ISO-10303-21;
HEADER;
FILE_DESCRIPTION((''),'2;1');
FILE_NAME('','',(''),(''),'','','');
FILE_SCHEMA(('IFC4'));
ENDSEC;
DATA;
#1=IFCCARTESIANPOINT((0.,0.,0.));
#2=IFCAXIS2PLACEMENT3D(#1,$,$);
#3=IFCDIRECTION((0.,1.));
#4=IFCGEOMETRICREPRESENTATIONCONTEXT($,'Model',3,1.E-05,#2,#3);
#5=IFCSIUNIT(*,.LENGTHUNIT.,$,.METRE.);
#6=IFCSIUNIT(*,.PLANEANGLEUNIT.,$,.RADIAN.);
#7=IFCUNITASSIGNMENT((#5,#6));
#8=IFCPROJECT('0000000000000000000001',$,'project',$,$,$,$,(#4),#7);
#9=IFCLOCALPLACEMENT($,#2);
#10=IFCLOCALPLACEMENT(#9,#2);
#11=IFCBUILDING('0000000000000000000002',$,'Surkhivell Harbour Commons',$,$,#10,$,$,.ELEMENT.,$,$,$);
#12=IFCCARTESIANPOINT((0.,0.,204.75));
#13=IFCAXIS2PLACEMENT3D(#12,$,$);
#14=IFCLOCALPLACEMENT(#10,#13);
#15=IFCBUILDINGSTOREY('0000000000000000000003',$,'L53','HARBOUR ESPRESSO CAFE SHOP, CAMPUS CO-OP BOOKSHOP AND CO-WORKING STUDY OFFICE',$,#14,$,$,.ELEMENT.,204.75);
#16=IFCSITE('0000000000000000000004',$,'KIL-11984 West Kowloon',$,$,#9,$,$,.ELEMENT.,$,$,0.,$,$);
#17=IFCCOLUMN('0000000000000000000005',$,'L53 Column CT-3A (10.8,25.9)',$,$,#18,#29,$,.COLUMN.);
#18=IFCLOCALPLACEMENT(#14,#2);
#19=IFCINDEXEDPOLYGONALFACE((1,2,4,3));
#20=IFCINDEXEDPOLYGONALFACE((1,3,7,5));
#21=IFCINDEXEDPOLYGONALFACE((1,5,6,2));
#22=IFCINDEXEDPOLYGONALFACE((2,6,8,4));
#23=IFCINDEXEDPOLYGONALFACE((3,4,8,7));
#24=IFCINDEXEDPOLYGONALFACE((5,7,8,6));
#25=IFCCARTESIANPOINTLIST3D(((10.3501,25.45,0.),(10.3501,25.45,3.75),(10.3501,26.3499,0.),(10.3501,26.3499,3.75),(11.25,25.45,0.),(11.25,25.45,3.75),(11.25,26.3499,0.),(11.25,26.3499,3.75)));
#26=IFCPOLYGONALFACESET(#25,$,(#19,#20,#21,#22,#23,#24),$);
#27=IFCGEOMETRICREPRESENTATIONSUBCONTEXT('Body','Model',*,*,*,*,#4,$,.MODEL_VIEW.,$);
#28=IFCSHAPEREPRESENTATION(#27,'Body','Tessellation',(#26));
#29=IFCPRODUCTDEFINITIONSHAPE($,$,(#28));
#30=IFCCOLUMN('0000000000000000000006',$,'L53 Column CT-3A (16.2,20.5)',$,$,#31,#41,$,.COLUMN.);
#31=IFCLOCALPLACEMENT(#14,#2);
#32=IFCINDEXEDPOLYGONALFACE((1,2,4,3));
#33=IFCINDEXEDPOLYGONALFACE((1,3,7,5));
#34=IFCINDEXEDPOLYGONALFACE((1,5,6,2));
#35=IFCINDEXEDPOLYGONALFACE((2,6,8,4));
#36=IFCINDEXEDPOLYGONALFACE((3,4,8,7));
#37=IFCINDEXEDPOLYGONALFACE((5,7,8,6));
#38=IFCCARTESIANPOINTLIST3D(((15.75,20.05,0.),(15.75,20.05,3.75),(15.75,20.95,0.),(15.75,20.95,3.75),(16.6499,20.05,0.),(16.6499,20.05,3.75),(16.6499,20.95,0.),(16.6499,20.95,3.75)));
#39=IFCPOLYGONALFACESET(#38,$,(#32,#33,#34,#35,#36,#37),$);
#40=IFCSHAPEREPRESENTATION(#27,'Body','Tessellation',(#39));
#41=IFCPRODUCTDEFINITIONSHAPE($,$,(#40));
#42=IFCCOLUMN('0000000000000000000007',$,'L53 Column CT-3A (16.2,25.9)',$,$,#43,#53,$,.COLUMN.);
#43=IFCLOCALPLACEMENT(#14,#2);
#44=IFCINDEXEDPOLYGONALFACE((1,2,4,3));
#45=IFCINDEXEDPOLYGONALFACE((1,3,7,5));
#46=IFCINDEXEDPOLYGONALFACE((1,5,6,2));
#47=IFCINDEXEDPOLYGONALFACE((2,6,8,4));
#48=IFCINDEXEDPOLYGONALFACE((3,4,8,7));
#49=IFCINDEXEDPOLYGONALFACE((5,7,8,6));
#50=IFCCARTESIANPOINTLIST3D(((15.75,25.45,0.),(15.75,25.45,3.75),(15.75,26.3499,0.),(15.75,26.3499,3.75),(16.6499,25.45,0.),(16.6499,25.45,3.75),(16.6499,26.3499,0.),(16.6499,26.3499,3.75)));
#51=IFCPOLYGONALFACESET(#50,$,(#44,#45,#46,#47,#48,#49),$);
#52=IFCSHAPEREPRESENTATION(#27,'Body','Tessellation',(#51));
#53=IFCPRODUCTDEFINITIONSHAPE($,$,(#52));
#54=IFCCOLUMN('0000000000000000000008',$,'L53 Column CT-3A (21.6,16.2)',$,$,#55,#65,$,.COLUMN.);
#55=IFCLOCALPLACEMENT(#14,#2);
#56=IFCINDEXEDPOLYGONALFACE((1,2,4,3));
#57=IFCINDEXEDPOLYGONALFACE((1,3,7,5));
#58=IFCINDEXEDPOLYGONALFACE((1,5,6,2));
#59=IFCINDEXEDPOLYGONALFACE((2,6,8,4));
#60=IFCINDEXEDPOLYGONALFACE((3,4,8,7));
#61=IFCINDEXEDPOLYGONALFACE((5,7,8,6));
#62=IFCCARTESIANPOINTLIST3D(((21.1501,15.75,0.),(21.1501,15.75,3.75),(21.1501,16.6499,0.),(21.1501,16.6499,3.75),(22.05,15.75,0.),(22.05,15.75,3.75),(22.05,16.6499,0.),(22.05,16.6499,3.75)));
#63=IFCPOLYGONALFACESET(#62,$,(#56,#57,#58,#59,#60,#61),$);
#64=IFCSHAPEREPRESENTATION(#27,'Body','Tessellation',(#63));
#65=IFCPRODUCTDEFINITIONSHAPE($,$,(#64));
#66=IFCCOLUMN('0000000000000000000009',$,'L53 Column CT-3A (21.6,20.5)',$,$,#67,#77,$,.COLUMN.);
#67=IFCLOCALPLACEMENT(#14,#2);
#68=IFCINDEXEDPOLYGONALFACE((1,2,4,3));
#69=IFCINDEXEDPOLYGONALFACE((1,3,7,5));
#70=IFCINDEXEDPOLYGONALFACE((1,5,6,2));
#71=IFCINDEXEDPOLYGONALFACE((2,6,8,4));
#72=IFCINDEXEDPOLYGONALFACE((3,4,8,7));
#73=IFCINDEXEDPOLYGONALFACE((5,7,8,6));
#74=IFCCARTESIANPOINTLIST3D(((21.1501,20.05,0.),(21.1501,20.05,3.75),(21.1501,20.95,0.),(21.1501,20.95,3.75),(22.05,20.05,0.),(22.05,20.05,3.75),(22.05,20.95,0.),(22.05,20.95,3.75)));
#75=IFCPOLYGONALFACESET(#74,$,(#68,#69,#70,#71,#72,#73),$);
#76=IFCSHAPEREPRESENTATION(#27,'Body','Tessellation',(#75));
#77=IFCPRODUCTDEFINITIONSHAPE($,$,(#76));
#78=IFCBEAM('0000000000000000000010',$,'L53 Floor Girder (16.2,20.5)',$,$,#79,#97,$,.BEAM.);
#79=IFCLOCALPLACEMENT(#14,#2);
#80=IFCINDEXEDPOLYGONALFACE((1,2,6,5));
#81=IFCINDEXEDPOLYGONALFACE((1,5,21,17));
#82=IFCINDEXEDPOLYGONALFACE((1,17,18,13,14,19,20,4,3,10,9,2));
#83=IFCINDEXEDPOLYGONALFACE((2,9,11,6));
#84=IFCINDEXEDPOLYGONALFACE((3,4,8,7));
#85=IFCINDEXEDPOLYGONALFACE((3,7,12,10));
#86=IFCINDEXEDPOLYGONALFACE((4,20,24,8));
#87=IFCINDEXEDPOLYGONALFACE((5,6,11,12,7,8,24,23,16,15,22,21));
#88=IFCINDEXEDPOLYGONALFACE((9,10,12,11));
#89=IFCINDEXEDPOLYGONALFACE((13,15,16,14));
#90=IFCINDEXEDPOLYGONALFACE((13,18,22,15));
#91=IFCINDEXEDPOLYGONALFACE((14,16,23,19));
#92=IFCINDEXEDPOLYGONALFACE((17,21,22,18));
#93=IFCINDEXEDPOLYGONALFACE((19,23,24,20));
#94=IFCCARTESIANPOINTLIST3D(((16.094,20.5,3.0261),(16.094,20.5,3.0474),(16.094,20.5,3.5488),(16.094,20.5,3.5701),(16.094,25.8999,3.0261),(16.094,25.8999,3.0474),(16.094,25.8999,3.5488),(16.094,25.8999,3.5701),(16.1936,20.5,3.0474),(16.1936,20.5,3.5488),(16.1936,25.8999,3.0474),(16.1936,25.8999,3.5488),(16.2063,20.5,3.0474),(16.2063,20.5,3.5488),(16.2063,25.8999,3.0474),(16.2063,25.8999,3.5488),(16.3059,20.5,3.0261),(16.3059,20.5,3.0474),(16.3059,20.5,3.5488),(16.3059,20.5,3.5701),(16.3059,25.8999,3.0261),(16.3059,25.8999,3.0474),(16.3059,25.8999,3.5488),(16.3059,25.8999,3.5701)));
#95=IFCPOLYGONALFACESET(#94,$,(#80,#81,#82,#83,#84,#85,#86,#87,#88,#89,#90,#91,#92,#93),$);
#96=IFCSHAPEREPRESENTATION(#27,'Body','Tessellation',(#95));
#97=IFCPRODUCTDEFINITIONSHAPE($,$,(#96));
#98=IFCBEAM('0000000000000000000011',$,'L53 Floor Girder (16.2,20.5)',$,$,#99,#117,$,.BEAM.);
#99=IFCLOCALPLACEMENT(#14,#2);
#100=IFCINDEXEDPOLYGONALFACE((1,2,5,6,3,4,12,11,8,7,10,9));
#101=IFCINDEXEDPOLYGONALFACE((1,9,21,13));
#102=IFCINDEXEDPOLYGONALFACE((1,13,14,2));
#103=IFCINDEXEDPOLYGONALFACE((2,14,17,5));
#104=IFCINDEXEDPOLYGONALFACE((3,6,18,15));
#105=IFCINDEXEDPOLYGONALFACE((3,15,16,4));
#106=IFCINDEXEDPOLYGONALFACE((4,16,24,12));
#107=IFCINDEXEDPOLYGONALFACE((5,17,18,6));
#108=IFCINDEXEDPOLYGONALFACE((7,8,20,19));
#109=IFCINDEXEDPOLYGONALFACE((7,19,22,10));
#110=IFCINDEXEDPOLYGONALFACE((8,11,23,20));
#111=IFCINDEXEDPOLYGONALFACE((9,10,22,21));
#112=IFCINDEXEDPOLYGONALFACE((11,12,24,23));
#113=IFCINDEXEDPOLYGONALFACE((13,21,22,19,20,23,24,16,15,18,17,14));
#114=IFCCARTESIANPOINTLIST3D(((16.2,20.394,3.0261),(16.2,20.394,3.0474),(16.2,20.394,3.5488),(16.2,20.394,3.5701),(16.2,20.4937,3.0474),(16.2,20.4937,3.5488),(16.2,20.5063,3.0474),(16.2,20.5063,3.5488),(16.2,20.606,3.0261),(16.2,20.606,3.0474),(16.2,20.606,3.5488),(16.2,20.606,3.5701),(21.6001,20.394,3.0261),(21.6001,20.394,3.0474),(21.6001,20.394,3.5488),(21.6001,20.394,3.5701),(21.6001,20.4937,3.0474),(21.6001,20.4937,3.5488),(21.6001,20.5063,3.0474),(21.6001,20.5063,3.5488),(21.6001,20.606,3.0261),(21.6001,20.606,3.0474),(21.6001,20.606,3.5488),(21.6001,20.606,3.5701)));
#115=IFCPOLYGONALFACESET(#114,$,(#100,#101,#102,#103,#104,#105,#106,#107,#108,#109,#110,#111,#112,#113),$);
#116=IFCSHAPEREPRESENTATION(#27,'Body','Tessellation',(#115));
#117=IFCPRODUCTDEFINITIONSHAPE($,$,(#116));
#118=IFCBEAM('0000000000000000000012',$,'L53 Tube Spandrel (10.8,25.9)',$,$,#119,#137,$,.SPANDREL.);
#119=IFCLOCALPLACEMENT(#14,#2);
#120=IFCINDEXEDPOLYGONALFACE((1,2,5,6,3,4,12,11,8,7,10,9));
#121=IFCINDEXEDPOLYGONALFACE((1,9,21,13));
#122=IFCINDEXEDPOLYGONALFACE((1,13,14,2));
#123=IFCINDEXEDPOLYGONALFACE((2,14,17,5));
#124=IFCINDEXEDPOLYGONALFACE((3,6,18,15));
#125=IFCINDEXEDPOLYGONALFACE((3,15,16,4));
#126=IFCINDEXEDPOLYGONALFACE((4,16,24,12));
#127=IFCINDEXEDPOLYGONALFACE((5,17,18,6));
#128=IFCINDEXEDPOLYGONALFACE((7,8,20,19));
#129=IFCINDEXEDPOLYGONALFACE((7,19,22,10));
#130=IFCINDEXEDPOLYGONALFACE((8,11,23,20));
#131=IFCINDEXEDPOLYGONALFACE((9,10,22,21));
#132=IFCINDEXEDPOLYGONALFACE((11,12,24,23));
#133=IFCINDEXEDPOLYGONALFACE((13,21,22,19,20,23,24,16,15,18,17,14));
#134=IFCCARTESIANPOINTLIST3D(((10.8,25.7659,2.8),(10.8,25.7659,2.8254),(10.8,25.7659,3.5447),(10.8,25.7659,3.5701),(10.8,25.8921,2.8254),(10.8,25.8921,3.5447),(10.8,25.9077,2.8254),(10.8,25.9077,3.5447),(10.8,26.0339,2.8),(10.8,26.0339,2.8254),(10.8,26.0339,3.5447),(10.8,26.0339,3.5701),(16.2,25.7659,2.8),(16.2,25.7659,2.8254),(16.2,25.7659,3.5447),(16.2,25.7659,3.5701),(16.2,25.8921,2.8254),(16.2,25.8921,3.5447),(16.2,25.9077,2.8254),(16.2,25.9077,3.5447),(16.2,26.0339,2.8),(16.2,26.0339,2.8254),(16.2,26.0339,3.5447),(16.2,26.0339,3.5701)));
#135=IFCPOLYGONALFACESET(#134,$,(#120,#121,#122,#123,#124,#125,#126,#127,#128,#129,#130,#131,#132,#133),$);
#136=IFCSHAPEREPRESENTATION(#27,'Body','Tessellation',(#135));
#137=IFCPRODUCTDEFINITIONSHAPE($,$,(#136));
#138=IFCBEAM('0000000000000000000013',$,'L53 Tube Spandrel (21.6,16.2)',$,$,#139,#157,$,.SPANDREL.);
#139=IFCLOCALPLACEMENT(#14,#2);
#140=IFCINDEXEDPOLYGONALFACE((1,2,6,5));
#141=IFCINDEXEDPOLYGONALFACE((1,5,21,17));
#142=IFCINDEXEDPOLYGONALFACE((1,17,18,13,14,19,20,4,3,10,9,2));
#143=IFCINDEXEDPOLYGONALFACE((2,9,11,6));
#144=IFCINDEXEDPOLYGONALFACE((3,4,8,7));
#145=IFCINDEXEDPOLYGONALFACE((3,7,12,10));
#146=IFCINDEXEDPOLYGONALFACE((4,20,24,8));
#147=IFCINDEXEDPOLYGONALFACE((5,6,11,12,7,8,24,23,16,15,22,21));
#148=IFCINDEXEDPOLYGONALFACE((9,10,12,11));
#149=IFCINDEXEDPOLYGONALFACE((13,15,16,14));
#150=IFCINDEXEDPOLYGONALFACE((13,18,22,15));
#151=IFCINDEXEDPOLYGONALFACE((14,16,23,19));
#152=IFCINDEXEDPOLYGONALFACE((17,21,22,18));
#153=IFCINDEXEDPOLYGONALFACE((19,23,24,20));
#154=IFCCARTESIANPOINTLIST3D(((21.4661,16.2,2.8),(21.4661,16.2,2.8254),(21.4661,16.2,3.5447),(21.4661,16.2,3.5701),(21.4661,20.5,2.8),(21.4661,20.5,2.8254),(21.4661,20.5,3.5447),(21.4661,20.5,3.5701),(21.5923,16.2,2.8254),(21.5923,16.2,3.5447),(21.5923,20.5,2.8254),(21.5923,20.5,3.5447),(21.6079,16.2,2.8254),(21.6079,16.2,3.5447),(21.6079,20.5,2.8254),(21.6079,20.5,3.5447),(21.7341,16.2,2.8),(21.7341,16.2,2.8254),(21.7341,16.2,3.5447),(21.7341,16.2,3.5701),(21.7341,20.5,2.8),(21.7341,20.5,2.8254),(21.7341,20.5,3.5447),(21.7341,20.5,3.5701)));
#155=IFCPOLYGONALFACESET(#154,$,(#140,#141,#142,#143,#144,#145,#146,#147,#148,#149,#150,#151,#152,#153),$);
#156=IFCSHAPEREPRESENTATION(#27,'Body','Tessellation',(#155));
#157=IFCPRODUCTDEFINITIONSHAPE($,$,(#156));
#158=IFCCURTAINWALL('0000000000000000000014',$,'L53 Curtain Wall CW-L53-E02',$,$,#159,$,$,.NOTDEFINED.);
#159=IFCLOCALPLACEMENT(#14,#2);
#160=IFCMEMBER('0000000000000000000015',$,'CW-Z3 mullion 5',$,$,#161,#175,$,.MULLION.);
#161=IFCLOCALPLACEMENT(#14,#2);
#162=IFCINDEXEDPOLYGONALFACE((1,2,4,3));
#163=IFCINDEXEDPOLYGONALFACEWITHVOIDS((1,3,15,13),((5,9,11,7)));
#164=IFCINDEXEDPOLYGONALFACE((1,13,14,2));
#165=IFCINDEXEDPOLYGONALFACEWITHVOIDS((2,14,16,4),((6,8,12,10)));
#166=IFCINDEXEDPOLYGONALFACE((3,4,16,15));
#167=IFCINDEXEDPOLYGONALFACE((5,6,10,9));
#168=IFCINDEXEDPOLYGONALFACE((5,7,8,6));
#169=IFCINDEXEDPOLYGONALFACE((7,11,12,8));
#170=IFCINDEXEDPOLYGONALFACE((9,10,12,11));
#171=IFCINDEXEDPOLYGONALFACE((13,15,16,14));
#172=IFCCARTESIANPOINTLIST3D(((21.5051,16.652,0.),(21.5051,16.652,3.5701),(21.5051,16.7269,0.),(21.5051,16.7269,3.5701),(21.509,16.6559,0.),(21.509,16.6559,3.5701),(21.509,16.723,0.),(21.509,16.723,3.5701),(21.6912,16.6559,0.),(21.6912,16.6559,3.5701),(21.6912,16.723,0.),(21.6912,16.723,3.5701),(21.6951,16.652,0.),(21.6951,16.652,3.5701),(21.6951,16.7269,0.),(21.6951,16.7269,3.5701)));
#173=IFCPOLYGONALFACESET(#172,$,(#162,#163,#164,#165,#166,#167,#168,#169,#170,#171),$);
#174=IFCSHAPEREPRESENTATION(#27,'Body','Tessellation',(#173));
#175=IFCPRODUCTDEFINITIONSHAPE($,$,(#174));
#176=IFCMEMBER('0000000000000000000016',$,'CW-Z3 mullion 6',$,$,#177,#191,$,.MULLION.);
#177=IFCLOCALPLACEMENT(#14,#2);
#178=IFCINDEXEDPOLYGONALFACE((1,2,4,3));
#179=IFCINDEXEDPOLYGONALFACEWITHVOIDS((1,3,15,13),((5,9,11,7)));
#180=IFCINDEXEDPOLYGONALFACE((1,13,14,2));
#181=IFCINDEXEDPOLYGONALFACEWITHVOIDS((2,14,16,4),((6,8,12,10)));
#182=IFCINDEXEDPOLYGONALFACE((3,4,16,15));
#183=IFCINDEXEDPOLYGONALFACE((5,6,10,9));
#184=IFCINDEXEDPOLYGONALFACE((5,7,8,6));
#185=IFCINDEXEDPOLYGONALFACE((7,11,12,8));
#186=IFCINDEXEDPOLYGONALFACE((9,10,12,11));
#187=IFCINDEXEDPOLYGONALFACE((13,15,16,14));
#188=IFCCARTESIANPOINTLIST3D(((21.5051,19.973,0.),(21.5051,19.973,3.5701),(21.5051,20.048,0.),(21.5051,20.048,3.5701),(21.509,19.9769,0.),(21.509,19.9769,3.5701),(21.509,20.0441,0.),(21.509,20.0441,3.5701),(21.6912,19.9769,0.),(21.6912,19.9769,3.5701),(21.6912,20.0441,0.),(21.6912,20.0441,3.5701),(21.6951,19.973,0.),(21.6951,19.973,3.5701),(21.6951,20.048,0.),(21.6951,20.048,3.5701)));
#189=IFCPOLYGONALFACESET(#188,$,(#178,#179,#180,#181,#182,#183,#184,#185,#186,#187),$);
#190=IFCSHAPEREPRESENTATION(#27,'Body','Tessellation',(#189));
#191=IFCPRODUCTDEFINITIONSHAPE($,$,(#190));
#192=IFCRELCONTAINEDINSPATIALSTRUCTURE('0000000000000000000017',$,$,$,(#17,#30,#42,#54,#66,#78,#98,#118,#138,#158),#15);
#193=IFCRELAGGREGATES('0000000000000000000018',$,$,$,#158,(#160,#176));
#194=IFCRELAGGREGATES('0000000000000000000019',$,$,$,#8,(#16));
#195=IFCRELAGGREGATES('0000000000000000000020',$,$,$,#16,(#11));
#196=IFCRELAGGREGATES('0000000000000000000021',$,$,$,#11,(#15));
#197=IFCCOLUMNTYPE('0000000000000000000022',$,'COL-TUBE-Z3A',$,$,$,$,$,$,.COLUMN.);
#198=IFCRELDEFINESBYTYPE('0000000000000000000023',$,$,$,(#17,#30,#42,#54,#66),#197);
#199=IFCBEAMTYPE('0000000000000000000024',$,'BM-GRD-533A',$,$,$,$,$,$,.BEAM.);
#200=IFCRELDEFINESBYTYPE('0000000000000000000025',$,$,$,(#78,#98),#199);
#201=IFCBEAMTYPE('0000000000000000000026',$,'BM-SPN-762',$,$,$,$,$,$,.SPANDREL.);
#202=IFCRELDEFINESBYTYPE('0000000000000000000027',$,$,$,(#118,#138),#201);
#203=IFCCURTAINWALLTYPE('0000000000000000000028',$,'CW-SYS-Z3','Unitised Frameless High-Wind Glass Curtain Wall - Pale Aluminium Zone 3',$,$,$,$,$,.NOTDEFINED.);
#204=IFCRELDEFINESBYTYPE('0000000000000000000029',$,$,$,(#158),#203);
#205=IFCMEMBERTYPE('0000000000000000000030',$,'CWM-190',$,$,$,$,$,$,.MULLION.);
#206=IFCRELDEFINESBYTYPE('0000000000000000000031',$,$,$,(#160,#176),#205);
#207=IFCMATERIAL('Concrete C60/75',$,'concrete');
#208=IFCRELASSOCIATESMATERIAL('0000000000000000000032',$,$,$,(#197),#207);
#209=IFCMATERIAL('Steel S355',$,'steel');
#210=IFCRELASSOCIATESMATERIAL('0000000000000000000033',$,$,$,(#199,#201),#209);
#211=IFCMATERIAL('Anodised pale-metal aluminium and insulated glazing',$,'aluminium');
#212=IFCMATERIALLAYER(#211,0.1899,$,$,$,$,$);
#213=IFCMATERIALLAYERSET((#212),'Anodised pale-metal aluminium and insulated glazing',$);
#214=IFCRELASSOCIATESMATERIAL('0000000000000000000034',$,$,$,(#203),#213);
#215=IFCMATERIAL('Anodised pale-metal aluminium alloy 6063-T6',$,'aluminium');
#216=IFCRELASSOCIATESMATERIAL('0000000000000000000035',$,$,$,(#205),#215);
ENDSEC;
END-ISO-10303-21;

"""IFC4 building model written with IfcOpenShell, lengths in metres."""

from ifc_helpers import new_model, si_unit, direction, frame, origin, origin_2d, place, context, subcontext, project, spatial, rectangle, hollow_rectangle, i_section, extrude, material, layer, layer_set, material_profile, profile_set, type_object, element, aggregate, save


model = new_model("IFC4")

# Units and contexts
model_context = context("Model", 3, precision=1e-05, world=origin(), true_north=direction((0.0, 1.0)))
body_context = subcontext(model_context, "Body", "Model", "MODEL_VIEW")
ifc_project = project(units=[si_unit("LENGTHUNIT", "METRE"), si_unit("PLANEANGLEUNIT", "RADIAN")], contexts=[model_context])

# Site, building, storey
site_placement = place(None, origin())
site = spatial("IfcSite", under=ifc_project, at=site_placement, Name="KIL-11984 West Kowloon", CompositionType="ELEMENT", RefElevation=0.0)
building_placement = place(site_placement, origin())
building = spatial("IfcBuilding", under=site, at=building_placement, Name="Surkhivell Harbour Commons", CompositionType="ELEMENT")
storey_placement = place(building_placement, frame((0.0, 0.0, 204.75)))
storey = spatial("IfcBuildingStorey", under=building, at=storey_placement, Name="L53", Description="HARBOUR ESPRESSO CAFE SHOP, CAMPUS CO-OP BOOKSHOP AND CO-WORKING STUDY OFFICE", CompositionType="ELEMENT", Elevation=204.75)

# Columns
ifc_material_1 = material(Name="Concrete C60/75", Category="concrete")
ifc_material_profile_1 = material_profile(ifc_material_1, rectangle(XDim=0.8999, YDim=0.8999, at=origin_2d()), Name="RC-COL-900x900")
ifc_profile_set_1 = profile_set([ifc_material_profile_1], Name="Concrete C60/75")
column_type = type_object("IfcColumnType", Name="COL-TUBE-Z3A", PredefinedType="COLUMN", material=ifc_profile_set_1)
for number, where, z_axis, x_axis, name in (
    (1, (10.8, 25.8999, 0.0), (0.0, 0.0, 1.0), (1.0, 0.0, 0.0), "L53 Column CT-3A (10.8,25.9)"),
    (2, (16.2, 20.5, 0.0), (0.0, 0.0, 1.0), (1.0, 0.0, 0.0), "L53 Column CT-3A (16.2,20.5)"),
    (3, (16.2, 25.8999, 0.0), (0.0, 0.0, 1.0), (1.0, 0.0, 0.0), "L53 Column CT-3A (16.2,25.9)"),
    (4, (21.6001, 16.2, 0.0), (0.0, 0.0, 1.0), (1.0, 0.0, 0.0), "L53 Column CT-3A (21.6,16.2)"),
    (5, (21.6001, 20.5, 0.0), (0.0, 0.0, 1.0), (1.0, 0.0, 0.0), "L53 Column CT-3A (21.6,20.5)"),
):
    element("IfcColumn", number, at=place(storey_placement, frame(where, z_axis=z_axis, x_axis=x_axis)), inside=storey, type_object=column_type, Name=name, PredefinedType="COLUMN", context=body_context, shape_type="SweptSolid", body=[
        extrude(rectangle(XDim=0.8999, YDim=0.8999, at=origin_2d()), origin(), (0.0, 0.0, 1.0), 3.75),
    ])

# Beams
ifc_material_2 = material(Name="Steel S355", Category="steel")
ifc_material_profile_2 = material_profile(ifc_material_2, i_section(OverallWidth=0.2119, OverallDepth=0.5439, WebThickness=0.0127, FlangeThickness=0.0212, at=origin_2d()), Name="UB533x210x122")
ifc_profile_set_2 = profile_set([ifc_material_profile_2], Name="Steel S355")
beam_type_1 = type_object("IfcBeamType", Name="BM-GRD-533A", PredefinedType="BEAM", material=ifc_profile_set_2)
beam_1_placement = place(storey_placement, frame((16.2, 20.5, 3.2981), z_axis=(0.0, 1.0, 0.0), x_axis=(-1.0, 0.0, 0.0)))
element("IfcBeam", 6, at=beam_1_placement, inside=storey, type_object=beam_type_1, Name="L53 Floor Girder (16.2,20.5)", PredefinedType="BEAM", context=body_context, shape_type="SweptSolid", body=[
    extrude(i_section(OverallWidth=0.2119, OverallDepth=0.5439, WebThickness=0.0127, FlangeThickness=0.0212, at=origin_2d()), origin(), (0.0, 0.0, 1.0), 5.3999),
])
beam_2_placement = place(storey_placement, frame((16.2, 20.5, 3.2981), z_axis=(1.0, 0.0, 0.0), x_axis=(0.0, 1.0, 0.0)))
element("IfcBeam", 7, at=beam_2_placement, inside=storey, type_object=beam_type_1, Name="L53 Floor Girder (16.2,20.5)", PredefinedType="BEAM", context=body_context, shape_type="SweptSolid", body=[
    extrude(i_section(OverallWidth=0.2119, OverallDepth=0.5439, WebThickness=0.0127, FlangeThickness=0.0212, at=origin_2d()), origin(), (0.0, 0.0, 1.0), 5.4001),
])
ifc_material_profile_3 = material_profile(ifc_material_2, i_section(OverallWidth=0.2681, OverallDepth=0.77, WebThickness=0.0156, FlangeThickness=0.0254, at=origin_2d()), Name="UB762x267x197")
ifc_profile_set_3 = profile_set([ifc_material_profile_3], Name="Steel S355")
beam_type_2 = type_object("IfcBeamType", Name="BM-SPN-762", PredefinedType="SPANDREL", material=ifc_profile_set_3)
beam_3_placement = place(storey_placement, frame((10.8, 25.8999, 3.1851), z_axis=(1.0, 0.0, 0.0), x_axis=(0.0, 1.0, 0.0)))
element("IfcBeam", 8, at=beam_3_placement, inside=storey, type_object=beam_type_2, Name="L53 Tube Spandrel (10.8,25.9)", PredefinedType="SPANDREL", context=body_context, shape_type="SweptSolid", body=[
    extrude(i_section(OverallWidth=0.2681, OverallDepth=0.77, WebThickness=0.0156, FlangeThickness=0.0254, at=origin_2d()), origin(), (0.0, 0.0, 1.0), 5.3999),
])
beam_4_placement = place(storey_placement, frame((21.6001, 16.2, 3.1851), z_axis=(0.0, 1.0, 0.0), x_axis=(-1.0, 0.0, 0.0)))
element("IfcBeam", 9, at=beam_4_placement, inside=storey, type_object=beam_type_2, Name="L53 Tube Spandrel (21.6,16.2)", PredefinedType="SPANDREL", context=body_context, shape_type="SweptSolid", body=[
    extrude(i_section(OverallWidth=0.2681, OverallDepth=0.77, WebThickness=0.0156, FlangeThickness=0.0254, at=origin_2d()), origin(), (0.0, 0.0, 1.0), 4.3),
])

# Curtain wall, members
ifc_material_3 = material(Name="Anodised pale-metal aluminium and insulated glazing", Category="aluminium")
ifc_layer_1 = layer(ifc_material_3, 0.1899)
ifc_layer_set_1 = layer_set([ifc_layer_1], Name="Anodised pale-metal aluminium and insulated glazing")
curtain_wall_type = type_object("IfcCurtainWallType", Name="CW-SYS-Z3", Description="Unitised Frameless High-Wind Glass Curtain Wall - Pale Aluminium Zone 3", PredefinedType="NOTDEFINED", material=ifc_layer_set_1)
curtain_wall_1_placement = place(storey_placement, origin())
curtain_wall_1 = element("IfcCurtainWall", 10, at=curtain_wall_1_placement, inside=storey, type_object=curtain_wall_type, Name="L53 Curtain Wall CW-L53-E02", PredefinedType="NOTDEFINED")
ifc_material_4 = material(Name="Anodised pale-metal aluminium alloy 6063-T6", Category="aluminium")
ifc_material_profile_4 = material_profile(ifc_material_4, hollow_rectangle(XDim=0.075, YDim=0.1899, WallThickness=0.0039, at=origin_2d()), Name="ALU-MULL-75x190")
ifc_profile_set_4 = profile_set([ifc_material_profile_4], Name="Anodised pale-metal aluminium alloy 6063-T6")
member_type_1 = type_object("IfcMemberType", Name="CWM-190", PredefinedType="MULLION", material=ifc_profile_set_4)
member_1_placement = place(storey_placement, frame((21.6001, 16.6895, 0.0), z_axis=(0.0, 0.0, 1.0), x_axis=(0.0, 1.0, 0.0)))
member_1 = element("IfcMember", 11, at=member_1_placement, type_object=member_type_1, Name="CW-Z3 mullion 5", PredefinedType="MULLION", context=body_context, shape_type="SweptSolid", body=[
    extrude(hollow_rectangle(XDim=0.075, YDim=0.1899, WallThickness=0.0039, at=origin_2d()), origin(), (0.0, 0.0, 1.0), 3.5701),
])
member_2_placement = place(storey_placement, frame((21.6001, 20.0105, 0.0), z_axis=(0.0, 0.0, 1.0), x_axis=(0.0, 1.0, 0.0)))
member_2 = element("IfcMember", 12, at=member_2_placement, type_object=member_type_1, Name="CW-Z3 mullion 6", PredefinedType="MULLION", context=body_context, shape_type="SweptSolid", body=[
    extrude(hollow_rectangle(XDim=0.075, YDim=0.1899, WallThickness=0.0039, at=origin_2d()), origin(), (0.0, 0.0, 1.0), 3.5701),
])

aggregate(curtain_wall_1, [member_1, member_2])

save(model, "model.ifc")
